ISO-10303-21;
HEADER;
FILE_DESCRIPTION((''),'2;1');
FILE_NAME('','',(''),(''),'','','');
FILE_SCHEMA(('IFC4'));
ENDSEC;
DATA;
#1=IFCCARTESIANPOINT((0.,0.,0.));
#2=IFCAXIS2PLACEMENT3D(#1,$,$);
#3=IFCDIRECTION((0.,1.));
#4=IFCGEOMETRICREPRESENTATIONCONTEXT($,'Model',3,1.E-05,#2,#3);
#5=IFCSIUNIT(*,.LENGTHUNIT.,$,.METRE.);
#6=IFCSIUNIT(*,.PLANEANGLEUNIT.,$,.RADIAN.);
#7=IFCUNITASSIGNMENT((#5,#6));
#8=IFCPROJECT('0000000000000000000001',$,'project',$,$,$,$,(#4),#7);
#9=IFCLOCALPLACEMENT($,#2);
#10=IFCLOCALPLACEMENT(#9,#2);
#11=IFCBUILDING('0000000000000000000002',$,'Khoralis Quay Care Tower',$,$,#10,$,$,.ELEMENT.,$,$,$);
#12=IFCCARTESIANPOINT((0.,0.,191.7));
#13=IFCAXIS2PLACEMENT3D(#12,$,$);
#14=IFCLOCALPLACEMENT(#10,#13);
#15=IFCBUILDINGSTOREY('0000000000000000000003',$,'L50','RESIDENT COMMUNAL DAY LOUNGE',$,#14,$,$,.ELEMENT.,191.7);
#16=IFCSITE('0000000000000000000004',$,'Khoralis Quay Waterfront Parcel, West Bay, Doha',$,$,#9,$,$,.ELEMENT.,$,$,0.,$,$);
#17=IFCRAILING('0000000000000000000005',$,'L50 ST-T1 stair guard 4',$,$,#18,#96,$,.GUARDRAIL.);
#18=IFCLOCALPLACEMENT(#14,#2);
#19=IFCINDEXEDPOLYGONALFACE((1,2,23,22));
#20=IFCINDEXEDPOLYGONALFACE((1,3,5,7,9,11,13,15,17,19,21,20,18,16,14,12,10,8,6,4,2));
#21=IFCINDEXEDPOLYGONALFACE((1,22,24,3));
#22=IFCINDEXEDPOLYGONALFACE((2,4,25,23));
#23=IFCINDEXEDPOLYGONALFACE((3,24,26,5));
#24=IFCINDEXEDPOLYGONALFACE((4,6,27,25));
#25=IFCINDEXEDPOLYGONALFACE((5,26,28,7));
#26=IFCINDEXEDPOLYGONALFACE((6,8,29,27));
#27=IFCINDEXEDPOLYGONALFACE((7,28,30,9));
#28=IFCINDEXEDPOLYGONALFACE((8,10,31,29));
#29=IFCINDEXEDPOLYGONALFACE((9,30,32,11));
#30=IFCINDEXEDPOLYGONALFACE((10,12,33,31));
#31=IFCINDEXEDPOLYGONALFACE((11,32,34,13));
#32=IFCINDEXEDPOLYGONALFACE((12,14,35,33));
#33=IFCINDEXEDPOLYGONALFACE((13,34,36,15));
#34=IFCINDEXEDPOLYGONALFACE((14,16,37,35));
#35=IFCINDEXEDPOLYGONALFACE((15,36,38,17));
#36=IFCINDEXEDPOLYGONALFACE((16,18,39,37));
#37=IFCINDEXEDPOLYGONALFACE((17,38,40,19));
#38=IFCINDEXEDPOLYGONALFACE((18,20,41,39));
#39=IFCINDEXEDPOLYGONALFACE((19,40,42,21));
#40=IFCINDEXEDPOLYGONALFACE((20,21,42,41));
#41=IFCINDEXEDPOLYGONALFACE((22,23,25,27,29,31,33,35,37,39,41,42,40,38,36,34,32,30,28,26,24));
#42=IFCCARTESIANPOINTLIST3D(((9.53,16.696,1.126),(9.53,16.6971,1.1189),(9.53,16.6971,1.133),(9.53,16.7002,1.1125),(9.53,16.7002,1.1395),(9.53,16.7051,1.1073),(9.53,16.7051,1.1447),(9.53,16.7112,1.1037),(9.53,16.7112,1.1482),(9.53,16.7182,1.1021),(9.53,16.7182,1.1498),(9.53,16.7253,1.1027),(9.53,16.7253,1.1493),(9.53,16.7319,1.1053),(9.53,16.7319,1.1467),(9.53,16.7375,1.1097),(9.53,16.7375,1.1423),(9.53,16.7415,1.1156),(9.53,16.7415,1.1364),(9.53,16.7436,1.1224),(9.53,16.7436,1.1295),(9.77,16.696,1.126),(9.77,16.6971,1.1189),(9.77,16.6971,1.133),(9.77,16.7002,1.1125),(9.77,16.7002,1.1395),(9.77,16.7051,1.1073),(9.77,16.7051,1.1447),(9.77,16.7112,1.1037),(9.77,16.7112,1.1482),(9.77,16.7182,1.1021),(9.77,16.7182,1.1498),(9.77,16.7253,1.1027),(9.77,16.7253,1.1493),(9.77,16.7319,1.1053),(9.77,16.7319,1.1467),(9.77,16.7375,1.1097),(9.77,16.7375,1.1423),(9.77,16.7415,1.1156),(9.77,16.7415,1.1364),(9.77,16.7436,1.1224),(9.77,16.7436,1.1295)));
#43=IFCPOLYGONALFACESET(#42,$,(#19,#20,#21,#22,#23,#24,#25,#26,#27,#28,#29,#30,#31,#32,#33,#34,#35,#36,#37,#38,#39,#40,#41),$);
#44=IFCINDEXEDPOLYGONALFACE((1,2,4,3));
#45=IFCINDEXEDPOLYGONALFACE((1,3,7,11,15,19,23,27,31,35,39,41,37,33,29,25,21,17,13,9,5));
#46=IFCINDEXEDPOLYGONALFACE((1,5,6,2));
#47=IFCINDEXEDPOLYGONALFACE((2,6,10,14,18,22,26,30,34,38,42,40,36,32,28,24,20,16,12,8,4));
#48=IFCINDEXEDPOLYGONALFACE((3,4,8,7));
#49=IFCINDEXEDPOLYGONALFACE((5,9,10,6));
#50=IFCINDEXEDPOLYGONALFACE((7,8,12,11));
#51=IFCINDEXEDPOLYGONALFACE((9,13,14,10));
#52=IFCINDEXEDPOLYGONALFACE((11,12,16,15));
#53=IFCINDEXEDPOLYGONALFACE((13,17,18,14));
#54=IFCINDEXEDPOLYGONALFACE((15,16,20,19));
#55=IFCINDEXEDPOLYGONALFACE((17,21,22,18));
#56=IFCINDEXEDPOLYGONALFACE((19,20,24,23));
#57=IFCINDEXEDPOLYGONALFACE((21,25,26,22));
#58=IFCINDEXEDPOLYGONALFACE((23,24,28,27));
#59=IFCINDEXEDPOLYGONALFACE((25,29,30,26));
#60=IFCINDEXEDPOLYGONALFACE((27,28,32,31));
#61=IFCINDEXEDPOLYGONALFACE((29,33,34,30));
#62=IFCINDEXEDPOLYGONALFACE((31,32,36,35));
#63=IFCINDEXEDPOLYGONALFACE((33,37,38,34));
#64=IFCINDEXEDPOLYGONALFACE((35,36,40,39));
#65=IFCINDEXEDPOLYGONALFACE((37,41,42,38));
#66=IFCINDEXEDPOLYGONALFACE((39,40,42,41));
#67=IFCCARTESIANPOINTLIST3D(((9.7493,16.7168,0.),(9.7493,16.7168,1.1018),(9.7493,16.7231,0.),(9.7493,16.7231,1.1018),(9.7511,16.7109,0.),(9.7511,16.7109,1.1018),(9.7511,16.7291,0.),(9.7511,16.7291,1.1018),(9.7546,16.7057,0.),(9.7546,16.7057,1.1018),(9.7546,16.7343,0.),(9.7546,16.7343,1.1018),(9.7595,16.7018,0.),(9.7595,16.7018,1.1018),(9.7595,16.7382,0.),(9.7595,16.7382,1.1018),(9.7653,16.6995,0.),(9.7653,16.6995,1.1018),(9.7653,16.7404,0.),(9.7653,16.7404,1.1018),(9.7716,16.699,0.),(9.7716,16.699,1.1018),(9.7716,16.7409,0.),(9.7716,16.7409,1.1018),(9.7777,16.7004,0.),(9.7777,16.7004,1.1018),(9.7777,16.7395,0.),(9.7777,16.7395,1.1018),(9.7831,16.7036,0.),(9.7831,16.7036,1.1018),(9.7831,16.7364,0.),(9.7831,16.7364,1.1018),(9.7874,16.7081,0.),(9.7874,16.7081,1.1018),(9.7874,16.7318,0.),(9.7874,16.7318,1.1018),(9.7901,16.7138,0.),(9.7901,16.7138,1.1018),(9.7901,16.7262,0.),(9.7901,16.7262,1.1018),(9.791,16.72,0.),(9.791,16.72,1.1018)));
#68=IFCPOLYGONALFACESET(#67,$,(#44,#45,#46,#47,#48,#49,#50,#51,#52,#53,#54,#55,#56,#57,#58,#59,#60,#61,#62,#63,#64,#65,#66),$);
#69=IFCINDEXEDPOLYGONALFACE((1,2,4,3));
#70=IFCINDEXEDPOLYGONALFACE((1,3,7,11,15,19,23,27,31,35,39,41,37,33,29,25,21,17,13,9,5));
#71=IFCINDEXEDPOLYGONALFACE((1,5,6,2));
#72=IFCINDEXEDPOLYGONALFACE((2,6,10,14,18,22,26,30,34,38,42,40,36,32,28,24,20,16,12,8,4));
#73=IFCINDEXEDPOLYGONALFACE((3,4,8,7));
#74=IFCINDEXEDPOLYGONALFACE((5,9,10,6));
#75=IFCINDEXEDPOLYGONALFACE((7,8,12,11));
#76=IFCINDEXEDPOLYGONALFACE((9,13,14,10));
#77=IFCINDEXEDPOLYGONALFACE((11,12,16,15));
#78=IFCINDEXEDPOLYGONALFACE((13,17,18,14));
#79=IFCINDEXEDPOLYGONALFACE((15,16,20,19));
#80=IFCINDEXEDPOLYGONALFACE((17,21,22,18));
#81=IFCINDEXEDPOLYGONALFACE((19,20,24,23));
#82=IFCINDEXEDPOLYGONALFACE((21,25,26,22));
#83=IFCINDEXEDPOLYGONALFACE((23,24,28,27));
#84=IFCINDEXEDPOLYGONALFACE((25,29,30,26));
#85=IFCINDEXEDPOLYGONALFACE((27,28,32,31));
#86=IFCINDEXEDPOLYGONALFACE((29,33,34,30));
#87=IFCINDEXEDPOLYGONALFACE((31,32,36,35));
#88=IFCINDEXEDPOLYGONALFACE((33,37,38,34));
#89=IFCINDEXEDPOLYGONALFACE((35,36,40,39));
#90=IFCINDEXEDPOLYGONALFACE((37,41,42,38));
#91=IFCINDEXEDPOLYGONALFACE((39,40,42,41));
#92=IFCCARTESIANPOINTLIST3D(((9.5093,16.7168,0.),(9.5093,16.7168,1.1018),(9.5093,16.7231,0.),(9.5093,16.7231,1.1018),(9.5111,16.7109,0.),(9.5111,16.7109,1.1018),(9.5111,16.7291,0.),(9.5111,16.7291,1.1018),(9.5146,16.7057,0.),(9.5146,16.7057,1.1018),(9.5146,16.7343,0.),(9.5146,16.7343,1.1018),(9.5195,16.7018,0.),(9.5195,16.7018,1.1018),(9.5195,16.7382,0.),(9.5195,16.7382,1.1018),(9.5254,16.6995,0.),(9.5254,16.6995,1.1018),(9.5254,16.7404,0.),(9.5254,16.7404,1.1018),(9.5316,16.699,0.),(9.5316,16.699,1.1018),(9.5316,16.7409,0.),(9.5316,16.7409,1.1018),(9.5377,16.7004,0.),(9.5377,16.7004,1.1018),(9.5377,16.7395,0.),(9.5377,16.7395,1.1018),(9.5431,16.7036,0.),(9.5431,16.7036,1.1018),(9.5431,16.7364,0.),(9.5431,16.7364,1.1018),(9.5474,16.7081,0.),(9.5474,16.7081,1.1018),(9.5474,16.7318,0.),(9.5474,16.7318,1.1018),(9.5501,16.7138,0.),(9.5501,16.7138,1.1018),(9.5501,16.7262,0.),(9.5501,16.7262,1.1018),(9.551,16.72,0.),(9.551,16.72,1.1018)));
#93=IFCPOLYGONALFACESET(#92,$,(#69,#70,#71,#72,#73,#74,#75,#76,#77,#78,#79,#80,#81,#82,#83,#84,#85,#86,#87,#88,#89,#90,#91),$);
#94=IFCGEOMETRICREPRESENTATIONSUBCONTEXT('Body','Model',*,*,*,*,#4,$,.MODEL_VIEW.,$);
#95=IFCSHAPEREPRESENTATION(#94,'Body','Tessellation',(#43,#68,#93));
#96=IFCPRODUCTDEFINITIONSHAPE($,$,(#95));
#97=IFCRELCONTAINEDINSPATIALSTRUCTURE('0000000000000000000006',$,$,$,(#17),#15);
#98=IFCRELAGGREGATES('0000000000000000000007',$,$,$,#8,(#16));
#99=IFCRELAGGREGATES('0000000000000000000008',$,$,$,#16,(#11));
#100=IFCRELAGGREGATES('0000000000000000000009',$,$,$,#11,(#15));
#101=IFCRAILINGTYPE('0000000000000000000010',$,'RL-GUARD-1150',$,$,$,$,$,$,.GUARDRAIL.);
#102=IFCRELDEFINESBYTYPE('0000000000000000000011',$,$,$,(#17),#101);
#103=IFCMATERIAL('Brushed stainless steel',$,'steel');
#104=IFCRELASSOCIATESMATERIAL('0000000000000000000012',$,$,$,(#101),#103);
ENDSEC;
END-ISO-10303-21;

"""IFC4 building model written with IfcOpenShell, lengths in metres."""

from ifc_helpers import new_model, si_unit, direction, frame, origin, origin_2d, place, context, subcontext, project, spatial, circle, extrude, material, type_object, element, save


model = new_model("IFC4")

# Units and contexts
model_context = context("Model", 3, precision=1e-05, world=origin(), true_north=direction((0.0, 1.0)))
body_context = subcontext(model_context, "Body", "Model", "MODEL_VIEW")
ifc_project = project(units=[si_unit("LENGTHUNIT", "METRE"), si_unit("PLANEANGLEUNIT", "RADIAN")], contexts=[model_context])

# Site, building, storey
site_placement = place(None, origin())
site = spatial("IfcSite", under=ifc_project, at=site_placement, Name="Khoralis Quay Waterfront Parcel, West Bay, Doha", CompositionType="ELEMENT", RefElevation=0.0)
building_placement = place(site_placement, origin())
building = spatial("IfcBuilding", under=site, at=building_placement, Name="Khoralis Quay Care Tower", CompositionType="ELEMENT")
storey_placement = place(building_placement, frame((0.0, 0.0, 191.7)))
storey = spatial("IfcBuildingStorey", under=building, at=storey_placement, Name="L50", Description="RESIDENT COMMUNAL DAY LOUNGE", CompositionType="ELEMENT", Elevation=191.7)

# Shared definitions
ifc_material_1 = material(Name="Brushed stainless steel", Category="steel")

# Railing
railing_type_1 = type_object("IfcRailingType", Name="RL-GUARD-1150", PredefinedType="GUARDRAIL", material=ifc_material_1)
railing_1_placement = place(storey_placement, frame((9.77, 16.72, 0.0)))
element("IfcRailing", 1, at=railing_1_placement, inside=storey, type_object=railing_type_1, Name="L50 ST-T1 stair guard 4", PredefinedType="GUARDRAIL", context=body_context, shape_type="SweptSolid", body=[
    extrude(circle(Radius=0.0239, at=origin_2d()), frame((0.0, 0.0, 1.126), z_axis=(-1.0, 0.0, 0.0), x_axis=(0.0, -1.0, 0.0)), (0.0, 0.0, 1.0), 0.24),
    extrude(circle(Radius=0.021, at=origin_2d()), origin(), (0.0, 0.0, 1.0), 1.1018),
    extrude(circle(Radius=0.021, at=origin_2d()), frame((-0.24, 0.0, 0.0)), (0.0, 0.0, 1.0), 1.1018),
])

save(model, "model.ifc")
